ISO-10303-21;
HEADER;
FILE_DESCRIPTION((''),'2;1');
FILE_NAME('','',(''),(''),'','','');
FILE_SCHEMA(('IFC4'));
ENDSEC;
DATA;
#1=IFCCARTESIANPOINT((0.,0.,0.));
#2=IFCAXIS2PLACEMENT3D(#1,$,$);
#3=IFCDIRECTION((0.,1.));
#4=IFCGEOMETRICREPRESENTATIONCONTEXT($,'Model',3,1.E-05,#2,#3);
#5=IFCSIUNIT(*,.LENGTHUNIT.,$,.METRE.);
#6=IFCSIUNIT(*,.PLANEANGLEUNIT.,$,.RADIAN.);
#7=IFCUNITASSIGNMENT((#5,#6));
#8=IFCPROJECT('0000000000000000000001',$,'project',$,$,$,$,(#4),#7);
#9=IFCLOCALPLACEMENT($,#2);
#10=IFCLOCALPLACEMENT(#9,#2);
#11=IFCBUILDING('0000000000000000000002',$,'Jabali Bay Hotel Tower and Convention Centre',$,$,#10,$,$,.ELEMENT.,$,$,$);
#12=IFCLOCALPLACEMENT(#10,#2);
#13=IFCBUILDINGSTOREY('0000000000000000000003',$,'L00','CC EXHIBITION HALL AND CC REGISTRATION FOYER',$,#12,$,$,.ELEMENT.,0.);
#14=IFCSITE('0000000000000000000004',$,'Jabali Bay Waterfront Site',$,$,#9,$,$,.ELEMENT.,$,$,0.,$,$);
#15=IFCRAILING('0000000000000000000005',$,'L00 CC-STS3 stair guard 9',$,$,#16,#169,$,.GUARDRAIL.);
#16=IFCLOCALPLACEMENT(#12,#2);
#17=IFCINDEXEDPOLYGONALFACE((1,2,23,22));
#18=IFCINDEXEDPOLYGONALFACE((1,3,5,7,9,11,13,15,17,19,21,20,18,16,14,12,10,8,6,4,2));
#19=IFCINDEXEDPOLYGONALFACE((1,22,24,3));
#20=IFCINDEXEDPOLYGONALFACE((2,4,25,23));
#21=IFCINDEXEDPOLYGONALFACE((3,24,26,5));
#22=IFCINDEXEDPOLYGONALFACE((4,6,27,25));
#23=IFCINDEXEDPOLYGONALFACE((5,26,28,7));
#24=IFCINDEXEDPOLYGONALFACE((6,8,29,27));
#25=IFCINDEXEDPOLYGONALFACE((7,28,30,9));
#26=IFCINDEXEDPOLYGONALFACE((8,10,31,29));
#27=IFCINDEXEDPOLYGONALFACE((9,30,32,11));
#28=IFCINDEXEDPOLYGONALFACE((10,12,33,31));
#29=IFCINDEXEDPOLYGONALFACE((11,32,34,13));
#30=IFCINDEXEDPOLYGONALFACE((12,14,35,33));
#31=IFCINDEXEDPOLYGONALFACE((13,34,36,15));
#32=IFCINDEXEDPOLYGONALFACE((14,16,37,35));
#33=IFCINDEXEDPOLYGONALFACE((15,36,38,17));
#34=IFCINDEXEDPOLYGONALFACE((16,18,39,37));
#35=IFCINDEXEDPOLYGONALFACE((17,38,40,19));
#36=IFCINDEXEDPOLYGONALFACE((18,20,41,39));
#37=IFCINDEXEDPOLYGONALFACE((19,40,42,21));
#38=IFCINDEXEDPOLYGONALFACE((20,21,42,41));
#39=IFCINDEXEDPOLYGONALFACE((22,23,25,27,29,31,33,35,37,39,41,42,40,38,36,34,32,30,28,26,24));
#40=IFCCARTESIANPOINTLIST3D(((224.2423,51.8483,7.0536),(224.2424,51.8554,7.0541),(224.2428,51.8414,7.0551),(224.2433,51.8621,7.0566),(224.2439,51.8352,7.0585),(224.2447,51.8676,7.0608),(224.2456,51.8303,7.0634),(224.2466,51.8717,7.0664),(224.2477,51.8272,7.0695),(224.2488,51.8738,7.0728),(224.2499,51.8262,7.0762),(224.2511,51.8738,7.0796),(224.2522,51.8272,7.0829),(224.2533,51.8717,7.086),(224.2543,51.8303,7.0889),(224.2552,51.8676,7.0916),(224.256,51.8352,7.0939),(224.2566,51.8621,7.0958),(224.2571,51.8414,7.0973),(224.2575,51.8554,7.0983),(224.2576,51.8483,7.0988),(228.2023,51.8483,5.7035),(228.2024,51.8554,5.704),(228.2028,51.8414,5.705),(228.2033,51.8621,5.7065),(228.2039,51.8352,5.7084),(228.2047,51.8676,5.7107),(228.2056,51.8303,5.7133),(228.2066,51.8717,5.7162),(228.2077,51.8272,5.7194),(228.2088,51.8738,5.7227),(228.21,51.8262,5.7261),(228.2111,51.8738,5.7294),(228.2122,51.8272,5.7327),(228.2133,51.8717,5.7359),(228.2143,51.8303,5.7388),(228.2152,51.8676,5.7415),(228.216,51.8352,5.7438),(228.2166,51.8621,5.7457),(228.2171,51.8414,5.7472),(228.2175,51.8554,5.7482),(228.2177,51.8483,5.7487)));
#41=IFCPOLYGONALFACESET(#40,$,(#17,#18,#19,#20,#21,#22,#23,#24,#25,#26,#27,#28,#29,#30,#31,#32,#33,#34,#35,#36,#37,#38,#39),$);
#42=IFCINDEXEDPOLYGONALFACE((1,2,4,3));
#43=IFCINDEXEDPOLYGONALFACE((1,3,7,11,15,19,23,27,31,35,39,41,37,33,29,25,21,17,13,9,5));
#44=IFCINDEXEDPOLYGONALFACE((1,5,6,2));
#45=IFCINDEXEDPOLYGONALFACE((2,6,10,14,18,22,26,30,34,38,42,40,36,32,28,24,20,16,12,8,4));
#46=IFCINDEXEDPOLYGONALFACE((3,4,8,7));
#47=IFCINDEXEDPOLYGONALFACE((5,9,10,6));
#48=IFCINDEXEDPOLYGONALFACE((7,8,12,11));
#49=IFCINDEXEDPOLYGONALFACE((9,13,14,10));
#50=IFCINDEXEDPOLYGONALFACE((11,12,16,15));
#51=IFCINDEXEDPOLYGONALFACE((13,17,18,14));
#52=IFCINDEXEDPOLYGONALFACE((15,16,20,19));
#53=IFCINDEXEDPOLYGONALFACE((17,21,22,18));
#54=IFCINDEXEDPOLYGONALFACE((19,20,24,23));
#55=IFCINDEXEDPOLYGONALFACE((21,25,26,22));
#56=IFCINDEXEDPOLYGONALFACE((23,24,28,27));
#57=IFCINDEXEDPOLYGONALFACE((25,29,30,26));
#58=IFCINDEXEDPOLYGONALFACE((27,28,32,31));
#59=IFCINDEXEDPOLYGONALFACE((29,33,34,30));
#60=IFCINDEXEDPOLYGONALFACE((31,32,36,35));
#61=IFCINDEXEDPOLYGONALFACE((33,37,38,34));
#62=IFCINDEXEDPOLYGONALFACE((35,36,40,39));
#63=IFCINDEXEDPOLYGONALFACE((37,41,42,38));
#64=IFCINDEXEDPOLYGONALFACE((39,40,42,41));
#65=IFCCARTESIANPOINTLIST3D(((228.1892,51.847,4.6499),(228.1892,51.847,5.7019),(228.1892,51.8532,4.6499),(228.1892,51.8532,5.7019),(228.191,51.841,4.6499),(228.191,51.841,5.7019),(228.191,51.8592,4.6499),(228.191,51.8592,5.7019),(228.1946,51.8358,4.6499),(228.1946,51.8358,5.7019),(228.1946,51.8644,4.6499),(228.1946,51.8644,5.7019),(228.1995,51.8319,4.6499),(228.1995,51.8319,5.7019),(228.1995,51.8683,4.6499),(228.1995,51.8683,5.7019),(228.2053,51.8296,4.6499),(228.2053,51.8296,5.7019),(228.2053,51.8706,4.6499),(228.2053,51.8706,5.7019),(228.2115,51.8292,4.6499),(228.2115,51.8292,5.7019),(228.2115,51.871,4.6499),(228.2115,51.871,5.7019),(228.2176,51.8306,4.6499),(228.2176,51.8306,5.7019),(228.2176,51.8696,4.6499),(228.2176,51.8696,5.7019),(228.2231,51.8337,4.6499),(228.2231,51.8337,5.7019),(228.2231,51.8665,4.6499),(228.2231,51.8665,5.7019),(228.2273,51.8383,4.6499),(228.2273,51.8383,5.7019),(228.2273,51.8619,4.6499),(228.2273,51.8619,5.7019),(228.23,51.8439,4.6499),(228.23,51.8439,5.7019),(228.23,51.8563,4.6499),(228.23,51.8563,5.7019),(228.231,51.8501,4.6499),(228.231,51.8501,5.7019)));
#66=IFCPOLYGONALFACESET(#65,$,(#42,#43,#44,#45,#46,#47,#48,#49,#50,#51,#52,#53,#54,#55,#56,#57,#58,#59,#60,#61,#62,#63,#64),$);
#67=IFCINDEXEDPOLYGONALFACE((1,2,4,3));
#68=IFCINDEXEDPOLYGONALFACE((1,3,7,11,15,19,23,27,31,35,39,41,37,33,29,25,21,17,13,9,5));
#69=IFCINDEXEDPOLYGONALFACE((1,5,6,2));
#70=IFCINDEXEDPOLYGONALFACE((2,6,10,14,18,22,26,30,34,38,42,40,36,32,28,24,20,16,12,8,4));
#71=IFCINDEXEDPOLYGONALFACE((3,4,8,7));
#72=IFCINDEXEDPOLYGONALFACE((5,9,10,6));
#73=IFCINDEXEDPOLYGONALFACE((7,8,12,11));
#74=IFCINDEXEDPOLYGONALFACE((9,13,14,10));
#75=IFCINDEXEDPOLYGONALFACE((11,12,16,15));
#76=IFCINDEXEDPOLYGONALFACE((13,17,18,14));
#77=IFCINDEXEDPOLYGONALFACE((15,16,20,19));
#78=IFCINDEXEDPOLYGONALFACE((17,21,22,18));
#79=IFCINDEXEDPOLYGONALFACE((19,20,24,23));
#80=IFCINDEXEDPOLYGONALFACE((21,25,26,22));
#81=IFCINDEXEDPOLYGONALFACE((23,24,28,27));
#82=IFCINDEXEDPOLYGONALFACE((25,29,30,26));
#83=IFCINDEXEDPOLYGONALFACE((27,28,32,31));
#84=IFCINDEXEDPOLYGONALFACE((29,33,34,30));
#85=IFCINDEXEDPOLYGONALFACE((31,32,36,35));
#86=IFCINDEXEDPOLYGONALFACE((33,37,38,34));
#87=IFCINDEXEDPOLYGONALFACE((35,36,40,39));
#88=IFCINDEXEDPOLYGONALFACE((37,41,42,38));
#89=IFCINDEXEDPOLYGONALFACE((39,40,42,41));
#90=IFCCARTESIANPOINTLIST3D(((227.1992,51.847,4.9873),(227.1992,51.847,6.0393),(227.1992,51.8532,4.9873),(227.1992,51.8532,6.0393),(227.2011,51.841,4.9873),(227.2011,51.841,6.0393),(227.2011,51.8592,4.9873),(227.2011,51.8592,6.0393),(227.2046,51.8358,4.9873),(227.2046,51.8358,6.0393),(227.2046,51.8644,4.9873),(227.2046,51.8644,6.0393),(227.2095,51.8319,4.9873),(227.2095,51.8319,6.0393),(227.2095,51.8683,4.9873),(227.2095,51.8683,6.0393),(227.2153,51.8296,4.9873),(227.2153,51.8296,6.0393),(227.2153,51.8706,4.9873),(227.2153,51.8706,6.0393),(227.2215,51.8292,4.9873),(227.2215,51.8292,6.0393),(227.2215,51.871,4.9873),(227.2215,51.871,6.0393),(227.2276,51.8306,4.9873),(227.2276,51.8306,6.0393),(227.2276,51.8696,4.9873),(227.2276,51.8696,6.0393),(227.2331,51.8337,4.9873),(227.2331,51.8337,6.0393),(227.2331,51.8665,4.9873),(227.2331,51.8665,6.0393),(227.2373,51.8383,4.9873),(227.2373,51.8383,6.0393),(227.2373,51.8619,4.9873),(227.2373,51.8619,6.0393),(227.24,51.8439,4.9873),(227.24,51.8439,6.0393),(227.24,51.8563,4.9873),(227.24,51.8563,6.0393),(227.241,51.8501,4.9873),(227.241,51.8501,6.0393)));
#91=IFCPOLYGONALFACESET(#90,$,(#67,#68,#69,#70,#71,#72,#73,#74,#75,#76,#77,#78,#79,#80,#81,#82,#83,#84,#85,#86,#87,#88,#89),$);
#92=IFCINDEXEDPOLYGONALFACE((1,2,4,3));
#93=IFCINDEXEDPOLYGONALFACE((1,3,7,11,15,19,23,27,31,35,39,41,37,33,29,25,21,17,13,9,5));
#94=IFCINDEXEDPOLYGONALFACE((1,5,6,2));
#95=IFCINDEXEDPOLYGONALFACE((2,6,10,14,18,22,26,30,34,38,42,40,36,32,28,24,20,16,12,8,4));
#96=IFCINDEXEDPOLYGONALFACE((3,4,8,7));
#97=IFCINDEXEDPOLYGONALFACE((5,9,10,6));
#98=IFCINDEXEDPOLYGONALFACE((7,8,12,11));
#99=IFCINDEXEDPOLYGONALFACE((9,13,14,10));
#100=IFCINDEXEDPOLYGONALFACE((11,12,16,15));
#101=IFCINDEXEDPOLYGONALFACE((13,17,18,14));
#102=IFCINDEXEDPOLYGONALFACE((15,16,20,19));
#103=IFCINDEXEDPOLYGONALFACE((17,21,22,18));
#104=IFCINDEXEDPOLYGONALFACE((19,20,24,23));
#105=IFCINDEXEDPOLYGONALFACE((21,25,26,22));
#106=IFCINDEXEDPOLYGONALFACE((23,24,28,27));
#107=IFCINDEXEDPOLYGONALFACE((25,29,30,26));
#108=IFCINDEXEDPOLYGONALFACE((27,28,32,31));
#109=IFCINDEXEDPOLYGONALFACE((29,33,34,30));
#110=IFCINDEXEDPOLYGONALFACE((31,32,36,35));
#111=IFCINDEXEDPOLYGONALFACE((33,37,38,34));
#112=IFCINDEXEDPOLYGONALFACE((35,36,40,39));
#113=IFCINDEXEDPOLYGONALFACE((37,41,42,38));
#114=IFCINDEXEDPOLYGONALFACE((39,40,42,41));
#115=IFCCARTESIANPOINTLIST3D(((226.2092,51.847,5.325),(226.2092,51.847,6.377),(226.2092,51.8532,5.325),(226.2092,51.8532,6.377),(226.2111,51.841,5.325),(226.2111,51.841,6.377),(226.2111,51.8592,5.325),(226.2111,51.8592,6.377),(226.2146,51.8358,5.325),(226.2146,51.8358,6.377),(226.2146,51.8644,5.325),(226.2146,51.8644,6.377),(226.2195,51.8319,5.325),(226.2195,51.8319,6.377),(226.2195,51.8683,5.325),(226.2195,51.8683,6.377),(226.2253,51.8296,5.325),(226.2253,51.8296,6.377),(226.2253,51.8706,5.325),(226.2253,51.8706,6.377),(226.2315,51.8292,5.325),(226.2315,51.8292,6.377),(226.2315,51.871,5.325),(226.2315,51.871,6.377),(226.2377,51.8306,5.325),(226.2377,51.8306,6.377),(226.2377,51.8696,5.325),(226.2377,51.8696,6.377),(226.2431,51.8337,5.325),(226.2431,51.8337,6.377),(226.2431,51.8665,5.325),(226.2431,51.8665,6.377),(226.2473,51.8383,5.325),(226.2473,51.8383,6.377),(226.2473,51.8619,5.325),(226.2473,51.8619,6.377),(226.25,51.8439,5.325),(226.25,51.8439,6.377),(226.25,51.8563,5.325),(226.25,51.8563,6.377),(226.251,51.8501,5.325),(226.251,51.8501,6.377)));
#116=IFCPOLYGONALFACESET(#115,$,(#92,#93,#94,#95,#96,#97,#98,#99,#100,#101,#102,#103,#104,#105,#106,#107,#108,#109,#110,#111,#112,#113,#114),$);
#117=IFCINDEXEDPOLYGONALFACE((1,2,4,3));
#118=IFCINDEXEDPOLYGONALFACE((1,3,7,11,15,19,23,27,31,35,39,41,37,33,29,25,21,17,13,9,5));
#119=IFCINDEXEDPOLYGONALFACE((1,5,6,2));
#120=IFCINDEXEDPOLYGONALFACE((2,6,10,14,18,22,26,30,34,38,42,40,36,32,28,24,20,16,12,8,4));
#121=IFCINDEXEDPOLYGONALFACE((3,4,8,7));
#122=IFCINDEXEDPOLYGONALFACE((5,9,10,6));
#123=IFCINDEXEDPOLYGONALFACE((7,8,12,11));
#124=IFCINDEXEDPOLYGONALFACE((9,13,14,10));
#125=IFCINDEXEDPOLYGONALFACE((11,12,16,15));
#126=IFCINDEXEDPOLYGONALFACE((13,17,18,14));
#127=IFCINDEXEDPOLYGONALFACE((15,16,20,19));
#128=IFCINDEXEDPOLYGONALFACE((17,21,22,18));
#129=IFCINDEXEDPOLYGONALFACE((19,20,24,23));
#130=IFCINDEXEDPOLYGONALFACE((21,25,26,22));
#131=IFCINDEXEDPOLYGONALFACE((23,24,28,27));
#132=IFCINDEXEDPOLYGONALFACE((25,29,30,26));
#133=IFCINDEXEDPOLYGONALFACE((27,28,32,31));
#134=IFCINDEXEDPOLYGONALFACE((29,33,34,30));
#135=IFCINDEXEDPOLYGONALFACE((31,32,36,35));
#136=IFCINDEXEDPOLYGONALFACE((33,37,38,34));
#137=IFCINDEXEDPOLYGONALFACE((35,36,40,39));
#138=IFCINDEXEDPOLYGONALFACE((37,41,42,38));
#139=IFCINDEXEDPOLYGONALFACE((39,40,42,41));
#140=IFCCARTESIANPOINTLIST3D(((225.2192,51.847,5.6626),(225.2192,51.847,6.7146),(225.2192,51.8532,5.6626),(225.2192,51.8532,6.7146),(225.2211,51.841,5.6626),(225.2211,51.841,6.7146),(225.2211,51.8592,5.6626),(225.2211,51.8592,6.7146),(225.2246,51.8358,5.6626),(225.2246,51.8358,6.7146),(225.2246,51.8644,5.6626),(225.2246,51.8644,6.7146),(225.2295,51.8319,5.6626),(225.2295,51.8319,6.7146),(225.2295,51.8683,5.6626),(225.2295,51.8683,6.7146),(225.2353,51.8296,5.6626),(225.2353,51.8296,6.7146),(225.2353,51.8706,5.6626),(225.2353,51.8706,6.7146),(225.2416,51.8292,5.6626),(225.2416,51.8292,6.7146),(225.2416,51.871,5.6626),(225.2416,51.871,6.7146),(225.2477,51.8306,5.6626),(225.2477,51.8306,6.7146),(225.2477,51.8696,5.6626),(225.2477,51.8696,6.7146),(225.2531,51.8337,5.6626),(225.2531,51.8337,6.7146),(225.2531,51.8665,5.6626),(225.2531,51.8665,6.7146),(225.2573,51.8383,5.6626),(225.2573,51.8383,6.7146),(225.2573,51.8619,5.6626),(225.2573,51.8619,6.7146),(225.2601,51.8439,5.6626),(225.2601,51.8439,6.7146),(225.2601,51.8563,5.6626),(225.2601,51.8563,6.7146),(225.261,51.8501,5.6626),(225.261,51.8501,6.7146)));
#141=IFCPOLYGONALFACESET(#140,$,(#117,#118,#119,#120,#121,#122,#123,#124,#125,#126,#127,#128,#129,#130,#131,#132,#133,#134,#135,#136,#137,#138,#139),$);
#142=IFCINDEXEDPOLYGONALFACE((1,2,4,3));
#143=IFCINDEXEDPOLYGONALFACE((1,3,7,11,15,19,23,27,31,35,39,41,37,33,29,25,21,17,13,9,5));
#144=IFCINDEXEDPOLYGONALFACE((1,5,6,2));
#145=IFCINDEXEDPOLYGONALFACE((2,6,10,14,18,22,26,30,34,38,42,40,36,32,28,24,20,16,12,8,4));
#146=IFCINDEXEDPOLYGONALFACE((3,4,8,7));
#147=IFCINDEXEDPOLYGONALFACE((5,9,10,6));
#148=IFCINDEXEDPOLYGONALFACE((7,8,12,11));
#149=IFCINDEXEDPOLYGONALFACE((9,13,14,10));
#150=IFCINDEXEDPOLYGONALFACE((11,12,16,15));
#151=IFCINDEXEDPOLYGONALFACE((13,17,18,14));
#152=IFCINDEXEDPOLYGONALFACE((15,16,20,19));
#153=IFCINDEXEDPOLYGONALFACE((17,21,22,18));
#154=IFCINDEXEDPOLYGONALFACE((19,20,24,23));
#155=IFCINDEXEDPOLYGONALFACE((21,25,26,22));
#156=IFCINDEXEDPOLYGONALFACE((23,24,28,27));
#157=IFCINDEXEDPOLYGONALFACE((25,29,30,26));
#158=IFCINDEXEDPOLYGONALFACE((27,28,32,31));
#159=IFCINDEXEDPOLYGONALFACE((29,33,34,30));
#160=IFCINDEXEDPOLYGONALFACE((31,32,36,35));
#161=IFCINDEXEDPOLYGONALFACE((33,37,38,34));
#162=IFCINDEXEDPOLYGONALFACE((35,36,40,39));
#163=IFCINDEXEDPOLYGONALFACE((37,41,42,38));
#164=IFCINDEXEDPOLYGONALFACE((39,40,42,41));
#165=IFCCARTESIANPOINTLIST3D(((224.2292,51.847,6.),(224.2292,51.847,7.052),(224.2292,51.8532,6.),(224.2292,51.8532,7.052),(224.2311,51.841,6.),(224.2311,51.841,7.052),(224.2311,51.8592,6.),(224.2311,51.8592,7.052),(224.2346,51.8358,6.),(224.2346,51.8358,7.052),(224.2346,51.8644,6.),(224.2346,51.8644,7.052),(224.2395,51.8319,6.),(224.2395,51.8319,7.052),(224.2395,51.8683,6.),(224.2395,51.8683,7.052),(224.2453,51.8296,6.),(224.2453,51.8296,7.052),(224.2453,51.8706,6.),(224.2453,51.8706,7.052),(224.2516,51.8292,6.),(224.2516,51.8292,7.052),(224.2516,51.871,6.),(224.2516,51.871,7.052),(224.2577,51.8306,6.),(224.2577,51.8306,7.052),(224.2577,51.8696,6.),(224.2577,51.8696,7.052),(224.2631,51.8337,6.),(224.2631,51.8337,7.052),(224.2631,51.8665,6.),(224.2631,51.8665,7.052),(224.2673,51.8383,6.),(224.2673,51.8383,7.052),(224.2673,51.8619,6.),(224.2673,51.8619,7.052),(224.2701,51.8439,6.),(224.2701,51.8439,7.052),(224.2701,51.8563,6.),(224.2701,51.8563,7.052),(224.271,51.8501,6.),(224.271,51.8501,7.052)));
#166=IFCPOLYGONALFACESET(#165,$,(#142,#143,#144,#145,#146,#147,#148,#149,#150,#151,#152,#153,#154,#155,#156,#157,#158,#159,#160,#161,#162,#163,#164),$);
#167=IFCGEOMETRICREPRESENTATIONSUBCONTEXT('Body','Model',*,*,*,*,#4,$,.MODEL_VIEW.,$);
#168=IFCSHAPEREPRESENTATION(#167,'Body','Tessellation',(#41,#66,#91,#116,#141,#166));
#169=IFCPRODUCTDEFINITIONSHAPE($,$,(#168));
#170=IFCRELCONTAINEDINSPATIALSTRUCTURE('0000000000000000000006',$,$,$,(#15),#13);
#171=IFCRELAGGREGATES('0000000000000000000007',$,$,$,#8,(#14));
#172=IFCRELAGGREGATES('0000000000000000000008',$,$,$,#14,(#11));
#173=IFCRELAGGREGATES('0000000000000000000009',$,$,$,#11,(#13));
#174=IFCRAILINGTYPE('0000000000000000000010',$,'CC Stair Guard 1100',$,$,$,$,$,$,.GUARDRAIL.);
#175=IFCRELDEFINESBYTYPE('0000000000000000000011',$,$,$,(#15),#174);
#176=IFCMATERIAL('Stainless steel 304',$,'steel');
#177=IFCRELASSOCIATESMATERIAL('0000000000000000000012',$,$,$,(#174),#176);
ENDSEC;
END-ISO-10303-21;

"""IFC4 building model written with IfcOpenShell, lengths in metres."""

from ifc_helpers import new_model, si_unit, direction, frame, origin, origin_2d, place, context, subcontext, project, spatial, circle, extrude, material, type_object, element, save


model = new_model("IFC4")

# Units and contexts
model_context = context("Model", 3, precision=1e-05, world=origin(), true_north=direction((0.0, 1.0)))
body_context = subcontext(model_context, "Body", "Model", "MODEL_VIEW")
ifc_project = project(units=[si_unit("LENGTHUNIT", "METRE"), si_unit("PLANEANGLEUNIT", "RADIAN")], contexts=[model_context])

# Site, building, storey
site_placement = place(None, origin())
site = spatial("IfcSite", under=ifc_project, at=site_placement, Name="Jabali Bay Waterfront Site", CompositionType="ELEMENT", RefElevation=0.0)
building_placement = place(site_placement, origin())
building = spatial("IfcBuilding", under=site, at=building_placement, Name="Jabali Bay Hotel Tower and Convention Centre", CompositionType="ELEMENT")
storey_placement = place(building_placement, origin())
storey = spatial("IfcBuildingStorey", under=building, at=storey_placement, Name="L00", Description="CC EXHIBITION HALL AND CC REGISTRATION FOYER", CompositionType="ELEMENT", Elevation=0.0)

# Railing
ifc_material_1 = material(Name="Stainless steel 304", Category="steel")
railing_type_1 = type_object("IfcRailingType", Name="CC Stair Guard 1100", PredefinedType="GUARDRAIL", material=ifc_material_1)
railing_1_placement = place(storey_placement, frame((228.21, 51.8501, 4.6499)))
element("IfcRailing", 1, at=railing_1_placement, inside=storey, type_object=railing_type_1, Name="L00 CC-STS3 stair guard 9", PredefinedType="GUARDRAIL", context=body_context, shape_type="SweptSolid", body=[
    extrude(circle(Radius=0.0239, at=origin_2d()), frame((0.0, 0.0, 1.0762), z_axis=(-0.946502, 0.0, 0.322698), x_axis=(0.0, -1.0, 0.0)), (0.0, 0.0, 1.0), 4.1838),
    extrude(circle(Radius=0.021, at=origin_2d()), origin(), (0.0, 0.0, 1.0), 1.052),
    extrude(circle(Radius=0.021, at=origin_2d()), frame((-0.99, 0.0, 0.3374)), (0.0, 0.0, 1.0), 1.052),
    extrude(circle(Radius=0.021, at=origin_2d()), frame((-1.98, 0.0, 0.675)), (0.0, 0.0, 1.0), 1.052),
    extrude(circle(Radius=0.021, at=origin_2d()), frame((-2.97, 0.0, 1.0127)), (0.0, 0.0, 1.0), 1.052),
    extrude(circle(Radius=0.021, at=origin_2d()), frame((-3.96, 0.0, 1.3501)), (0.0, 0.0, 1.0), 1.052),
])

save(model, "model.ifc")
